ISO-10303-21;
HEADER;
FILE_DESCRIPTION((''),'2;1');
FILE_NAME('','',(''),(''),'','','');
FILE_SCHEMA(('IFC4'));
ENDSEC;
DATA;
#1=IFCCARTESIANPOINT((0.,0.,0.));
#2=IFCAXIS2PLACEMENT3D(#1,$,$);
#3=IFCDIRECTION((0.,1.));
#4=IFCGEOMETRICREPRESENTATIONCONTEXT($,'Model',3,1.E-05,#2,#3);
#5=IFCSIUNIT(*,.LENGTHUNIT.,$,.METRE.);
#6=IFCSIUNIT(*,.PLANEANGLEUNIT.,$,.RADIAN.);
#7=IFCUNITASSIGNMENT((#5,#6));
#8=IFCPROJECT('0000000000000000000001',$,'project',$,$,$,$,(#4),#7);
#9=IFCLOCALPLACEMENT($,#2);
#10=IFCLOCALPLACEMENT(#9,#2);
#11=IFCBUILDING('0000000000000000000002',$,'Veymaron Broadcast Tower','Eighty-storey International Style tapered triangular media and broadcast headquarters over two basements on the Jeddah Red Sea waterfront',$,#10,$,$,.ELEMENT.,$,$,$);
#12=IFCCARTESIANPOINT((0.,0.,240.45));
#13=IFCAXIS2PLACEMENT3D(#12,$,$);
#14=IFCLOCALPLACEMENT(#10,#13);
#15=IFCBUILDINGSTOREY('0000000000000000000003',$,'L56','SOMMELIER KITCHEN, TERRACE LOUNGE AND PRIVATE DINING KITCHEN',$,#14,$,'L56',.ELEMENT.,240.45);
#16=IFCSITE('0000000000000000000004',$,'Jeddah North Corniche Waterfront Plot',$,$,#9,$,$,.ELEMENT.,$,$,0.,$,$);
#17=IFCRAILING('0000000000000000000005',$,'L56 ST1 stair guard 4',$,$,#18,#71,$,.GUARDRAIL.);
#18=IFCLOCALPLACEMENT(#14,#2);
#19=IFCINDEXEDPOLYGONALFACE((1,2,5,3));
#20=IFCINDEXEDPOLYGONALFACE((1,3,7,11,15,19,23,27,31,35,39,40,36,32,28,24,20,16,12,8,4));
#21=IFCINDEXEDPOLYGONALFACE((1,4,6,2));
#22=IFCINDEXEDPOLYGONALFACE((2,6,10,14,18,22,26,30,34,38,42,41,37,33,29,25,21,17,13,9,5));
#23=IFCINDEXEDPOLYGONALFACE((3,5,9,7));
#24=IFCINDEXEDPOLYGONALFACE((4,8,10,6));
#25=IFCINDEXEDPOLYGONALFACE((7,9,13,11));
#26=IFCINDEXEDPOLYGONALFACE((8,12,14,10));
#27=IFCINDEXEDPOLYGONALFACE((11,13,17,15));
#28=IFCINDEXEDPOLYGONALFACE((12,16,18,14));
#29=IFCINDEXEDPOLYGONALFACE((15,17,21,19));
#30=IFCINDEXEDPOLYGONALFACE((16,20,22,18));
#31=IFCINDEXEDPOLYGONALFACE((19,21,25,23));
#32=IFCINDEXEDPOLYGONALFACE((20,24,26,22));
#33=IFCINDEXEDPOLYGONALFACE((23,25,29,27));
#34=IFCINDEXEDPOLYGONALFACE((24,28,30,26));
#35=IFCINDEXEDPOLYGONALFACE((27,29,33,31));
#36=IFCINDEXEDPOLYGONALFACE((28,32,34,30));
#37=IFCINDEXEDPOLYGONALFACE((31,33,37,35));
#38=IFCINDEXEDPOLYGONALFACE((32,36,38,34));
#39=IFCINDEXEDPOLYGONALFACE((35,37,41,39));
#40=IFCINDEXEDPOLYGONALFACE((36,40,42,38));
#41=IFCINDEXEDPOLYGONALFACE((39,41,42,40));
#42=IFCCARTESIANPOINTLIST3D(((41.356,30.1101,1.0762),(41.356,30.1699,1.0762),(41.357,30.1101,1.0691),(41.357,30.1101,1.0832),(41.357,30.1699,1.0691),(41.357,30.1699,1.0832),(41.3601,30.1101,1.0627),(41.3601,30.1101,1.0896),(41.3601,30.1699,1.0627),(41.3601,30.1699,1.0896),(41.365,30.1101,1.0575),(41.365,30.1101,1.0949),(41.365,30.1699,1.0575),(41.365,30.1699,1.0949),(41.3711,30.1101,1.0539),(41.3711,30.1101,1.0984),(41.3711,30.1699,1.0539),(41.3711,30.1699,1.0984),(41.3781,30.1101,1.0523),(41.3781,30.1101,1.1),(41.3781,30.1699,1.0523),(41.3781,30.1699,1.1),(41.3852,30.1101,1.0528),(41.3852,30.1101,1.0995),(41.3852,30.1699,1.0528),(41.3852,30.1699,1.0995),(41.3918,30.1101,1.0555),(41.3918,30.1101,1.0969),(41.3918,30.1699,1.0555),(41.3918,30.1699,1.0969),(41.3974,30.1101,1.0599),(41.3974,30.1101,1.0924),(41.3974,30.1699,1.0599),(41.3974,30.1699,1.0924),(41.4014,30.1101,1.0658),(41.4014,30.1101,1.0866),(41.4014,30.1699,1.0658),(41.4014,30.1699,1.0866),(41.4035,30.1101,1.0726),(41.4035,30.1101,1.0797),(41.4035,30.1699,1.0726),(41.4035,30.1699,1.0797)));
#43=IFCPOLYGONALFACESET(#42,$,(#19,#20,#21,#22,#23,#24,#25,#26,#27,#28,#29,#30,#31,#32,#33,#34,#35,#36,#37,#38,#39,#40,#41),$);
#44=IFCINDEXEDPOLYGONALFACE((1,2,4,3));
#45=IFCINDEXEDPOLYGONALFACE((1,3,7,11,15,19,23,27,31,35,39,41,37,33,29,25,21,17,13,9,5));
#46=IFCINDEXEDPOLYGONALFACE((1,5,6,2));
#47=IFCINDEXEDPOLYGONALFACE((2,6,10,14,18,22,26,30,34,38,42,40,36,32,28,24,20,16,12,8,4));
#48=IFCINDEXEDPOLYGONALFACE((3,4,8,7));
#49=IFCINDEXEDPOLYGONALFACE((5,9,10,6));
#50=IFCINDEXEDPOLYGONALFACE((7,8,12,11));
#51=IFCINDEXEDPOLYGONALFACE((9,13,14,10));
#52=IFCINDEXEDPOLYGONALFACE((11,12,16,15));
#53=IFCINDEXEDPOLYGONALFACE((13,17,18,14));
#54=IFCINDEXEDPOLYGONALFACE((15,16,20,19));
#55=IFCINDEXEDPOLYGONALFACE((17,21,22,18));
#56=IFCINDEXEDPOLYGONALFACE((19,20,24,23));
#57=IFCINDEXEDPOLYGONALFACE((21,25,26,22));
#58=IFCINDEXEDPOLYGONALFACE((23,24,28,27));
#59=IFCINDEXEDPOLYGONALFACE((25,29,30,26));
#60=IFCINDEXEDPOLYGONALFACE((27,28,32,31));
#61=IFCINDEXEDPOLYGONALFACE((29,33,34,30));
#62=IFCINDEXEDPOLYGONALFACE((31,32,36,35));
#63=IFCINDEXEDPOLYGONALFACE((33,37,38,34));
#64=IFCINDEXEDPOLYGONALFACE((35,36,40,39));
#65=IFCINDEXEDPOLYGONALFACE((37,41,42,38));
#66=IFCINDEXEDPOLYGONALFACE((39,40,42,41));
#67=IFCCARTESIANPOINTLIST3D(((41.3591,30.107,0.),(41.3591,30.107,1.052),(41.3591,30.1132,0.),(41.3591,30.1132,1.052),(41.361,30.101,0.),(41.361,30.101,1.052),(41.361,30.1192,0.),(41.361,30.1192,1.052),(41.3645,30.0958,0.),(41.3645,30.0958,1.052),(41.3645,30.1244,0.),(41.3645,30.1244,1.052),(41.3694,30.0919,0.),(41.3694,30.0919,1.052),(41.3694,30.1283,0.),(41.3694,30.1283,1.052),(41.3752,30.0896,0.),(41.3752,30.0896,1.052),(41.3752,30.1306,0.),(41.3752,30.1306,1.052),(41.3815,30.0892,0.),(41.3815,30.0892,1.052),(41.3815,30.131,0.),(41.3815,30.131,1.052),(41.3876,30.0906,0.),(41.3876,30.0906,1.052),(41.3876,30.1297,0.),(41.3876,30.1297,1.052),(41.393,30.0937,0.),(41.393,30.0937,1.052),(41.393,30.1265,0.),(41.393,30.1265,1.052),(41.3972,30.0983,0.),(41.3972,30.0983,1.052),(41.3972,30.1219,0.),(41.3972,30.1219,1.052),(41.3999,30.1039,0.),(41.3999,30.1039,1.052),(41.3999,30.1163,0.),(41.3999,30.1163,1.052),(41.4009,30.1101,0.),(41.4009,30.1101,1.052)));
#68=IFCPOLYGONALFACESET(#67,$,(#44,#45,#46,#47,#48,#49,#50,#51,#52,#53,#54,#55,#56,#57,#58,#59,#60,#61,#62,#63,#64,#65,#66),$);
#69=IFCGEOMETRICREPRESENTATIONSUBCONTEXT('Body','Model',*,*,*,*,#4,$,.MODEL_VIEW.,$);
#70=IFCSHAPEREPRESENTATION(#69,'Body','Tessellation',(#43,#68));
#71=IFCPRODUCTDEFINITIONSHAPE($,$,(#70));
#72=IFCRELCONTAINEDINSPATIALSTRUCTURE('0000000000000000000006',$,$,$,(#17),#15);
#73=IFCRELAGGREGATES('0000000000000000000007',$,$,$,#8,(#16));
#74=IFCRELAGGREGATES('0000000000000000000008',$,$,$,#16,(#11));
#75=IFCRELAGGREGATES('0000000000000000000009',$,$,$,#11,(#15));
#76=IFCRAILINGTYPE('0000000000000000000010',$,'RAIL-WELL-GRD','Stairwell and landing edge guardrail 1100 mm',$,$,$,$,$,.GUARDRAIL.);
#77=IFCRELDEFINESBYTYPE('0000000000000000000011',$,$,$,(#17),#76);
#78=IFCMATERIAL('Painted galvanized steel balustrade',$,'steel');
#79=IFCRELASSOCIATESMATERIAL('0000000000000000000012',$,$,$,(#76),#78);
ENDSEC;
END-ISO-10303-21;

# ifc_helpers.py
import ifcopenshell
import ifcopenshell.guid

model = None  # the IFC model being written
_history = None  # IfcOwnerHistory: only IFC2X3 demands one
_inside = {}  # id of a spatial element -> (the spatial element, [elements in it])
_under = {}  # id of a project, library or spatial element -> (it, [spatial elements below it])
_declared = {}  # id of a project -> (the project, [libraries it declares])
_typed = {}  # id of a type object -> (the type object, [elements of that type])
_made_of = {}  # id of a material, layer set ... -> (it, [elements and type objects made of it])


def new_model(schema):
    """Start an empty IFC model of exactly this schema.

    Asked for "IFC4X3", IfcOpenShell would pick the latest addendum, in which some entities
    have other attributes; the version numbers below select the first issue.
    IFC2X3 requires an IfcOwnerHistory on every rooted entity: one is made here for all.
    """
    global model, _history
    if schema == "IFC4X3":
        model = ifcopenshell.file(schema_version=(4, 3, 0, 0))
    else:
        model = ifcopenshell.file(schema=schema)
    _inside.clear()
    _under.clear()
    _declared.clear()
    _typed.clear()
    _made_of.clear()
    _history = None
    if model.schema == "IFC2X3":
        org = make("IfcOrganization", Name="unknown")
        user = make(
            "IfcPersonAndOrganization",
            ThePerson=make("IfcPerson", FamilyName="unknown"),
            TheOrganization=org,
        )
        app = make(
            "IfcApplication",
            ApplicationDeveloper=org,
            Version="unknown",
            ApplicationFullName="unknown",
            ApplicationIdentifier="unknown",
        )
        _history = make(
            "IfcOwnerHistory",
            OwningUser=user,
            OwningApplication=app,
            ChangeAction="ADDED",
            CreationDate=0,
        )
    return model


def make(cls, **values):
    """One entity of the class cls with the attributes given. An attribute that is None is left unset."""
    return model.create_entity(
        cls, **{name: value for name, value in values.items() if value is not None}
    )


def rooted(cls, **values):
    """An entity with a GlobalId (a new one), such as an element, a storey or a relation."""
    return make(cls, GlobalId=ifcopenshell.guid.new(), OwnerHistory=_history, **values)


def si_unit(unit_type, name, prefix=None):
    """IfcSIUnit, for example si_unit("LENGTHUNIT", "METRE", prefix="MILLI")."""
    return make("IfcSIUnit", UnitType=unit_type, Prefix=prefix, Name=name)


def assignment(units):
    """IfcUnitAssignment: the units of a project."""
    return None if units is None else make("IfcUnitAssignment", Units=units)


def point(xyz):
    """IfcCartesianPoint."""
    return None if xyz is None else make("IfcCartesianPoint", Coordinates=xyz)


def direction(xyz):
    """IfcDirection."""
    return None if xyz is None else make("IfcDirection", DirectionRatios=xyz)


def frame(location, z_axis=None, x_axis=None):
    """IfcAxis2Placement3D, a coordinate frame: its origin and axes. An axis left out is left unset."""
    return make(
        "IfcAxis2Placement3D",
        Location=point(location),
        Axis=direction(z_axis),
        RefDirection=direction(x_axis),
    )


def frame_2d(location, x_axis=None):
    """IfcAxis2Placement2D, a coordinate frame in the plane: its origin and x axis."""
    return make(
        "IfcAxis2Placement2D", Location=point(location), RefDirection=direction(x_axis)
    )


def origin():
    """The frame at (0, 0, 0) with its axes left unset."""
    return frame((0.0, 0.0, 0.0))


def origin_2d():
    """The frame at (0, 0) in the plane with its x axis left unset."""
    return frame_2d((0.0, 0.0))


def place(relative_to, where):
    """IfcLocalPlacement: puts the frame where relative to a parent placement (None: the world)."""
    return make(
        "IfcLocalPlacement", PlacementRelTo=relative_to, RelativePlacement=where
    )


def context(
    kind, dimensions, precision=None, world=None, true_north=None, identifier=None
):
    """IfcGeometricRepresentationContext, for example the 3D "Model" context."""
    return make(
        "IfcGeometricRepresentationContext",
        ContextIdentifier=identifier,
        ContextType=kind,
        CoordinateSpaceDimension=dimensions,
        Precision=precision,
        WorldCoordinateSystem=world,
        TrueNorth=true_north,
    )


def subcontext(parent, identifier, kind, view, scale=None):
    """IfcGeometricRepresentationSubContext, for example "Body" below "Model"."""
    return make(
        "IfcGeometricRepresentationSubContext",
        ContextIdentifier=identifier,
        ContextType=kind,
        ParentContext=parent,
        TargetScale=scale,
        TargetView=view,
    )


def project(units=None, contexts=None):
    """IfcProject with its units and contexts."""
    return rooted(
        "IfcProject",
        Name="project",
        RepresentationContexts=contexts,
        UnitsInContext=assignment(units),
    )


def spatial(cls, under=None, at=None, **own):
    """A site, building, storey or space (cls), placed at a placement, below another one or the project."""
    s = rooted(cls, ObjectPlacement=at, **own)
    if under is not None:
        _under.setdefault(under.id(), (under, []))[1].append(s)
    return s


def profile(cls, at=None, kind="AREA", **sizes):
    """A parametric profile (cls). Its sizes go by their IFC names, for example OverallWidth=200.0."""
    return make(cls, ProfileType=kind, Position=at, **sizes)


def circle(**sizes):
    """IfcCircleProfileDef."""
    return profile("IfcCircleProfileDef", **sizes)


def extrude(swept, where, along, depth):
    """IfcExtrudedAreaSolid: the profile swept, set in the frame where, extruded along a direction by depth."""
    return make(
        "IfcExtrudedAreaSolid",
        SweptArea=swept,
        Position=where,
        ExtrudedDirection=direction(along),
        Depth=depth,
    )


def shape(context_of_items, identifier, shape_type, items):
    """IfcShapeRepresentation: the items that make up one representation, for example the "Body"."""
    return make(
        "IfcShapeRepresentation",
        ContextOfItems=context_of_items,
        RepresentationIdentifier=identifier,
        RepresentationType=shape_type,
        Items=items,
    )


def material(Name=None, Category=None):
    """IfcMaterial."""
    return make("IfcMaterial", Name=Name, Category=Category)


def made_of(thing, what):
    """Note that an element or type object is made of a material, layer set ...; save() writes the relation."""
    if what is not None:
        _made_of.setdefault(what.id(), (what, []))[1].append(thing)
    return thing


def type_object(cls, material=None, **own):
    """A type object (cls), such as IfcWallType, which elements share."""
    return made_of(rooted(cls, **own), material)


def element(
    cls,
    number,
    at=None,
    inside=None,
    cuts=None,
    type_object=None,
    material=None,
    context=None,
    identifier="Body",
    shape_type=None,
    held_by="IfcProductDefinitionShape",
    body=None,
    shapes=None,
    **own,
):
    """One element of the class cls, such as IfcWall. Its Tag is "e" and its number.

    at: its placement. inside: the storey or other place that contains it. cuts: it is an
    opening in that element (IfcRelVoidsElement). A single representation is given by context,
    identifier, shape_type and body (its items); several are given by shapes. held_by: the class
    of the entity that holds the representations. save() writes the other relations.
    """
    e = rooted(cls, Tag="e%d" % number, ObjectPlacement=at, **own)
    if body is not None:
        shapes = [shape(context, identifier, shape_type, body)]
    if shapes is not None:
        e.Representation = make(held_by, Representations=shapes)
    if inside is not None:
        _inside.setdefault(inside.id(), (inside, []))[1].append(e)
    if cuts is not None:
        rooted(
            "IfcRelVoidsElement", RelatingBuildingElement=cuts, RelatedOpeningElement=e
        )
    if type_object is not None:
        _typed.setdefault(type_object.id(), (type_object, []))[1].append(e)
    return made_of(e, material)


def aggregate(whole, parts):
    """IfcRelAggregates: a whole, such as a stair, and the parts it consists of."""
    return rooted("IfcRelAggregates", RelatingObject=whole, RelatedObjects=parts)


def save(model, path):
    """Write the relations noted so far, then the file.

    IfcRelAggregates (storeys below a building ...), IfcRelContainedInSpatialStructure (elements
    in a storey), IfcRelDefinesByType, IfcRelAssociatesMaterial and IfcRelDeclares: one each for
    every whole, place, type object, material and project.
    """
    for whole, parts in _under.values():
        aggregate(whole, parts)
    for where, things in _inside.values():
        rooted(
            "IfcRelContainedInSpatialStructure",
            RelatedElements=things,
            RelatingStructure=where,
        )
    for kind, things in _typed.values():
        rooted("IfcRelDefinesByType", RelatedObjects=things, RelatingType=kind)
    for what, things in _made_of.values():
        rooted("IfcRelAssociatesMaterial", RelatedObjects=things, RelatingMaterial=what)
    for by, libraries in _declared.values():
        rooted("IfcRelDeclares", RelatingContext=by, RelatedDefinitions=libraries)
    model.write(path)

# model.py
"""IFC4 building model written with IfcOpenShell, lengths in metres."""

from ifc_helpers import new_model, si_unit, direction, frame, origin, origin_2d, place, context, subcontext, project, spatial, circle, extrude, material, type_object, element, save


model = new_model("IFC4")

# Units and contexts
model_context = context("Model", 3, precision=1e-05, world=origin(), true_north=direction((0.0, 1.0)))
body_context = subcontext(model_context, "Body", "Model", "MODEL_VIEW")
ifc_project = project(units=[si_unit("LENGTHUNIT", "METRE"), si_unit("PLANEANGLEUNIT", "RADIAN")], contexts=[model_context])

# Site, building, storey
site_placement = place(None, origin())
site = spatial("IfcSite", under=ifc_project, at=site_placement, Name="Jeddah North Corniche Waterfront Plot", CompositionType="ELEMENT", RefElevation=0.0)
building_placement = place(site_placement, origin())
building = spatial("IfcBuilding", under=site, at=building_placement, Name="Veymaron Broadcast Tower", Description="Eighty-storey International Style tapered triangular media and broadcast headquarters over two basements on the Jeddah Red Sea waterfront", CompositionType="ELEMENT")
storey_placement = place(building_placement, frame((0.0, 0.0, 240.45)))
storey = spatial("IfcBuildingStorey", under=building, at=storey_placement, Name="L56", Description="SOMMELIER KITCHEN, TERRACE LOUNGE AND PRIVATE DINING KITCHEN", LongName="L56", CompositionType="ELEMENT", Elevation=240.45)

# Railing
ifc_material_1 = material(Name="Painted galvanized steel balustrade", Category="steel")
railing_type_1 = type_object("IfcRailingType", Name="RAIL-WELL-GRD", Description="Stairwell and landing edge guardrail 1100 mm", PredefinedType="GUARDRAIL", material=ifc_material_1)
railing_1_placement = place(storey_placement, frame((41.3799, 30.1101, 0.0)))
element("IfcRailing", 1, at=railing_1_placement, inside=storey, type_object=railing_type_1, Name="L56 ST1 stair guard 4", PredefinedType="GUARDRAIL", context=body_context, shape_type="SweptSolid", body=[
    extrude(circle(Radius=0.0239, at=origin_2d()), frame((0.0, 0.0, 1.0762), z_axis=(0.0, 1.0, 0.0), x_axis=(-1.0, 0.0, 0.0)), (0.0, 0.0, 1.0), 0.0598),
    extrude(circle(Radius=0.021, at=origin_2d()), origin(), (0.0, 0.0, 1.0), 1.052),
])

save(model, "model.ifc")
